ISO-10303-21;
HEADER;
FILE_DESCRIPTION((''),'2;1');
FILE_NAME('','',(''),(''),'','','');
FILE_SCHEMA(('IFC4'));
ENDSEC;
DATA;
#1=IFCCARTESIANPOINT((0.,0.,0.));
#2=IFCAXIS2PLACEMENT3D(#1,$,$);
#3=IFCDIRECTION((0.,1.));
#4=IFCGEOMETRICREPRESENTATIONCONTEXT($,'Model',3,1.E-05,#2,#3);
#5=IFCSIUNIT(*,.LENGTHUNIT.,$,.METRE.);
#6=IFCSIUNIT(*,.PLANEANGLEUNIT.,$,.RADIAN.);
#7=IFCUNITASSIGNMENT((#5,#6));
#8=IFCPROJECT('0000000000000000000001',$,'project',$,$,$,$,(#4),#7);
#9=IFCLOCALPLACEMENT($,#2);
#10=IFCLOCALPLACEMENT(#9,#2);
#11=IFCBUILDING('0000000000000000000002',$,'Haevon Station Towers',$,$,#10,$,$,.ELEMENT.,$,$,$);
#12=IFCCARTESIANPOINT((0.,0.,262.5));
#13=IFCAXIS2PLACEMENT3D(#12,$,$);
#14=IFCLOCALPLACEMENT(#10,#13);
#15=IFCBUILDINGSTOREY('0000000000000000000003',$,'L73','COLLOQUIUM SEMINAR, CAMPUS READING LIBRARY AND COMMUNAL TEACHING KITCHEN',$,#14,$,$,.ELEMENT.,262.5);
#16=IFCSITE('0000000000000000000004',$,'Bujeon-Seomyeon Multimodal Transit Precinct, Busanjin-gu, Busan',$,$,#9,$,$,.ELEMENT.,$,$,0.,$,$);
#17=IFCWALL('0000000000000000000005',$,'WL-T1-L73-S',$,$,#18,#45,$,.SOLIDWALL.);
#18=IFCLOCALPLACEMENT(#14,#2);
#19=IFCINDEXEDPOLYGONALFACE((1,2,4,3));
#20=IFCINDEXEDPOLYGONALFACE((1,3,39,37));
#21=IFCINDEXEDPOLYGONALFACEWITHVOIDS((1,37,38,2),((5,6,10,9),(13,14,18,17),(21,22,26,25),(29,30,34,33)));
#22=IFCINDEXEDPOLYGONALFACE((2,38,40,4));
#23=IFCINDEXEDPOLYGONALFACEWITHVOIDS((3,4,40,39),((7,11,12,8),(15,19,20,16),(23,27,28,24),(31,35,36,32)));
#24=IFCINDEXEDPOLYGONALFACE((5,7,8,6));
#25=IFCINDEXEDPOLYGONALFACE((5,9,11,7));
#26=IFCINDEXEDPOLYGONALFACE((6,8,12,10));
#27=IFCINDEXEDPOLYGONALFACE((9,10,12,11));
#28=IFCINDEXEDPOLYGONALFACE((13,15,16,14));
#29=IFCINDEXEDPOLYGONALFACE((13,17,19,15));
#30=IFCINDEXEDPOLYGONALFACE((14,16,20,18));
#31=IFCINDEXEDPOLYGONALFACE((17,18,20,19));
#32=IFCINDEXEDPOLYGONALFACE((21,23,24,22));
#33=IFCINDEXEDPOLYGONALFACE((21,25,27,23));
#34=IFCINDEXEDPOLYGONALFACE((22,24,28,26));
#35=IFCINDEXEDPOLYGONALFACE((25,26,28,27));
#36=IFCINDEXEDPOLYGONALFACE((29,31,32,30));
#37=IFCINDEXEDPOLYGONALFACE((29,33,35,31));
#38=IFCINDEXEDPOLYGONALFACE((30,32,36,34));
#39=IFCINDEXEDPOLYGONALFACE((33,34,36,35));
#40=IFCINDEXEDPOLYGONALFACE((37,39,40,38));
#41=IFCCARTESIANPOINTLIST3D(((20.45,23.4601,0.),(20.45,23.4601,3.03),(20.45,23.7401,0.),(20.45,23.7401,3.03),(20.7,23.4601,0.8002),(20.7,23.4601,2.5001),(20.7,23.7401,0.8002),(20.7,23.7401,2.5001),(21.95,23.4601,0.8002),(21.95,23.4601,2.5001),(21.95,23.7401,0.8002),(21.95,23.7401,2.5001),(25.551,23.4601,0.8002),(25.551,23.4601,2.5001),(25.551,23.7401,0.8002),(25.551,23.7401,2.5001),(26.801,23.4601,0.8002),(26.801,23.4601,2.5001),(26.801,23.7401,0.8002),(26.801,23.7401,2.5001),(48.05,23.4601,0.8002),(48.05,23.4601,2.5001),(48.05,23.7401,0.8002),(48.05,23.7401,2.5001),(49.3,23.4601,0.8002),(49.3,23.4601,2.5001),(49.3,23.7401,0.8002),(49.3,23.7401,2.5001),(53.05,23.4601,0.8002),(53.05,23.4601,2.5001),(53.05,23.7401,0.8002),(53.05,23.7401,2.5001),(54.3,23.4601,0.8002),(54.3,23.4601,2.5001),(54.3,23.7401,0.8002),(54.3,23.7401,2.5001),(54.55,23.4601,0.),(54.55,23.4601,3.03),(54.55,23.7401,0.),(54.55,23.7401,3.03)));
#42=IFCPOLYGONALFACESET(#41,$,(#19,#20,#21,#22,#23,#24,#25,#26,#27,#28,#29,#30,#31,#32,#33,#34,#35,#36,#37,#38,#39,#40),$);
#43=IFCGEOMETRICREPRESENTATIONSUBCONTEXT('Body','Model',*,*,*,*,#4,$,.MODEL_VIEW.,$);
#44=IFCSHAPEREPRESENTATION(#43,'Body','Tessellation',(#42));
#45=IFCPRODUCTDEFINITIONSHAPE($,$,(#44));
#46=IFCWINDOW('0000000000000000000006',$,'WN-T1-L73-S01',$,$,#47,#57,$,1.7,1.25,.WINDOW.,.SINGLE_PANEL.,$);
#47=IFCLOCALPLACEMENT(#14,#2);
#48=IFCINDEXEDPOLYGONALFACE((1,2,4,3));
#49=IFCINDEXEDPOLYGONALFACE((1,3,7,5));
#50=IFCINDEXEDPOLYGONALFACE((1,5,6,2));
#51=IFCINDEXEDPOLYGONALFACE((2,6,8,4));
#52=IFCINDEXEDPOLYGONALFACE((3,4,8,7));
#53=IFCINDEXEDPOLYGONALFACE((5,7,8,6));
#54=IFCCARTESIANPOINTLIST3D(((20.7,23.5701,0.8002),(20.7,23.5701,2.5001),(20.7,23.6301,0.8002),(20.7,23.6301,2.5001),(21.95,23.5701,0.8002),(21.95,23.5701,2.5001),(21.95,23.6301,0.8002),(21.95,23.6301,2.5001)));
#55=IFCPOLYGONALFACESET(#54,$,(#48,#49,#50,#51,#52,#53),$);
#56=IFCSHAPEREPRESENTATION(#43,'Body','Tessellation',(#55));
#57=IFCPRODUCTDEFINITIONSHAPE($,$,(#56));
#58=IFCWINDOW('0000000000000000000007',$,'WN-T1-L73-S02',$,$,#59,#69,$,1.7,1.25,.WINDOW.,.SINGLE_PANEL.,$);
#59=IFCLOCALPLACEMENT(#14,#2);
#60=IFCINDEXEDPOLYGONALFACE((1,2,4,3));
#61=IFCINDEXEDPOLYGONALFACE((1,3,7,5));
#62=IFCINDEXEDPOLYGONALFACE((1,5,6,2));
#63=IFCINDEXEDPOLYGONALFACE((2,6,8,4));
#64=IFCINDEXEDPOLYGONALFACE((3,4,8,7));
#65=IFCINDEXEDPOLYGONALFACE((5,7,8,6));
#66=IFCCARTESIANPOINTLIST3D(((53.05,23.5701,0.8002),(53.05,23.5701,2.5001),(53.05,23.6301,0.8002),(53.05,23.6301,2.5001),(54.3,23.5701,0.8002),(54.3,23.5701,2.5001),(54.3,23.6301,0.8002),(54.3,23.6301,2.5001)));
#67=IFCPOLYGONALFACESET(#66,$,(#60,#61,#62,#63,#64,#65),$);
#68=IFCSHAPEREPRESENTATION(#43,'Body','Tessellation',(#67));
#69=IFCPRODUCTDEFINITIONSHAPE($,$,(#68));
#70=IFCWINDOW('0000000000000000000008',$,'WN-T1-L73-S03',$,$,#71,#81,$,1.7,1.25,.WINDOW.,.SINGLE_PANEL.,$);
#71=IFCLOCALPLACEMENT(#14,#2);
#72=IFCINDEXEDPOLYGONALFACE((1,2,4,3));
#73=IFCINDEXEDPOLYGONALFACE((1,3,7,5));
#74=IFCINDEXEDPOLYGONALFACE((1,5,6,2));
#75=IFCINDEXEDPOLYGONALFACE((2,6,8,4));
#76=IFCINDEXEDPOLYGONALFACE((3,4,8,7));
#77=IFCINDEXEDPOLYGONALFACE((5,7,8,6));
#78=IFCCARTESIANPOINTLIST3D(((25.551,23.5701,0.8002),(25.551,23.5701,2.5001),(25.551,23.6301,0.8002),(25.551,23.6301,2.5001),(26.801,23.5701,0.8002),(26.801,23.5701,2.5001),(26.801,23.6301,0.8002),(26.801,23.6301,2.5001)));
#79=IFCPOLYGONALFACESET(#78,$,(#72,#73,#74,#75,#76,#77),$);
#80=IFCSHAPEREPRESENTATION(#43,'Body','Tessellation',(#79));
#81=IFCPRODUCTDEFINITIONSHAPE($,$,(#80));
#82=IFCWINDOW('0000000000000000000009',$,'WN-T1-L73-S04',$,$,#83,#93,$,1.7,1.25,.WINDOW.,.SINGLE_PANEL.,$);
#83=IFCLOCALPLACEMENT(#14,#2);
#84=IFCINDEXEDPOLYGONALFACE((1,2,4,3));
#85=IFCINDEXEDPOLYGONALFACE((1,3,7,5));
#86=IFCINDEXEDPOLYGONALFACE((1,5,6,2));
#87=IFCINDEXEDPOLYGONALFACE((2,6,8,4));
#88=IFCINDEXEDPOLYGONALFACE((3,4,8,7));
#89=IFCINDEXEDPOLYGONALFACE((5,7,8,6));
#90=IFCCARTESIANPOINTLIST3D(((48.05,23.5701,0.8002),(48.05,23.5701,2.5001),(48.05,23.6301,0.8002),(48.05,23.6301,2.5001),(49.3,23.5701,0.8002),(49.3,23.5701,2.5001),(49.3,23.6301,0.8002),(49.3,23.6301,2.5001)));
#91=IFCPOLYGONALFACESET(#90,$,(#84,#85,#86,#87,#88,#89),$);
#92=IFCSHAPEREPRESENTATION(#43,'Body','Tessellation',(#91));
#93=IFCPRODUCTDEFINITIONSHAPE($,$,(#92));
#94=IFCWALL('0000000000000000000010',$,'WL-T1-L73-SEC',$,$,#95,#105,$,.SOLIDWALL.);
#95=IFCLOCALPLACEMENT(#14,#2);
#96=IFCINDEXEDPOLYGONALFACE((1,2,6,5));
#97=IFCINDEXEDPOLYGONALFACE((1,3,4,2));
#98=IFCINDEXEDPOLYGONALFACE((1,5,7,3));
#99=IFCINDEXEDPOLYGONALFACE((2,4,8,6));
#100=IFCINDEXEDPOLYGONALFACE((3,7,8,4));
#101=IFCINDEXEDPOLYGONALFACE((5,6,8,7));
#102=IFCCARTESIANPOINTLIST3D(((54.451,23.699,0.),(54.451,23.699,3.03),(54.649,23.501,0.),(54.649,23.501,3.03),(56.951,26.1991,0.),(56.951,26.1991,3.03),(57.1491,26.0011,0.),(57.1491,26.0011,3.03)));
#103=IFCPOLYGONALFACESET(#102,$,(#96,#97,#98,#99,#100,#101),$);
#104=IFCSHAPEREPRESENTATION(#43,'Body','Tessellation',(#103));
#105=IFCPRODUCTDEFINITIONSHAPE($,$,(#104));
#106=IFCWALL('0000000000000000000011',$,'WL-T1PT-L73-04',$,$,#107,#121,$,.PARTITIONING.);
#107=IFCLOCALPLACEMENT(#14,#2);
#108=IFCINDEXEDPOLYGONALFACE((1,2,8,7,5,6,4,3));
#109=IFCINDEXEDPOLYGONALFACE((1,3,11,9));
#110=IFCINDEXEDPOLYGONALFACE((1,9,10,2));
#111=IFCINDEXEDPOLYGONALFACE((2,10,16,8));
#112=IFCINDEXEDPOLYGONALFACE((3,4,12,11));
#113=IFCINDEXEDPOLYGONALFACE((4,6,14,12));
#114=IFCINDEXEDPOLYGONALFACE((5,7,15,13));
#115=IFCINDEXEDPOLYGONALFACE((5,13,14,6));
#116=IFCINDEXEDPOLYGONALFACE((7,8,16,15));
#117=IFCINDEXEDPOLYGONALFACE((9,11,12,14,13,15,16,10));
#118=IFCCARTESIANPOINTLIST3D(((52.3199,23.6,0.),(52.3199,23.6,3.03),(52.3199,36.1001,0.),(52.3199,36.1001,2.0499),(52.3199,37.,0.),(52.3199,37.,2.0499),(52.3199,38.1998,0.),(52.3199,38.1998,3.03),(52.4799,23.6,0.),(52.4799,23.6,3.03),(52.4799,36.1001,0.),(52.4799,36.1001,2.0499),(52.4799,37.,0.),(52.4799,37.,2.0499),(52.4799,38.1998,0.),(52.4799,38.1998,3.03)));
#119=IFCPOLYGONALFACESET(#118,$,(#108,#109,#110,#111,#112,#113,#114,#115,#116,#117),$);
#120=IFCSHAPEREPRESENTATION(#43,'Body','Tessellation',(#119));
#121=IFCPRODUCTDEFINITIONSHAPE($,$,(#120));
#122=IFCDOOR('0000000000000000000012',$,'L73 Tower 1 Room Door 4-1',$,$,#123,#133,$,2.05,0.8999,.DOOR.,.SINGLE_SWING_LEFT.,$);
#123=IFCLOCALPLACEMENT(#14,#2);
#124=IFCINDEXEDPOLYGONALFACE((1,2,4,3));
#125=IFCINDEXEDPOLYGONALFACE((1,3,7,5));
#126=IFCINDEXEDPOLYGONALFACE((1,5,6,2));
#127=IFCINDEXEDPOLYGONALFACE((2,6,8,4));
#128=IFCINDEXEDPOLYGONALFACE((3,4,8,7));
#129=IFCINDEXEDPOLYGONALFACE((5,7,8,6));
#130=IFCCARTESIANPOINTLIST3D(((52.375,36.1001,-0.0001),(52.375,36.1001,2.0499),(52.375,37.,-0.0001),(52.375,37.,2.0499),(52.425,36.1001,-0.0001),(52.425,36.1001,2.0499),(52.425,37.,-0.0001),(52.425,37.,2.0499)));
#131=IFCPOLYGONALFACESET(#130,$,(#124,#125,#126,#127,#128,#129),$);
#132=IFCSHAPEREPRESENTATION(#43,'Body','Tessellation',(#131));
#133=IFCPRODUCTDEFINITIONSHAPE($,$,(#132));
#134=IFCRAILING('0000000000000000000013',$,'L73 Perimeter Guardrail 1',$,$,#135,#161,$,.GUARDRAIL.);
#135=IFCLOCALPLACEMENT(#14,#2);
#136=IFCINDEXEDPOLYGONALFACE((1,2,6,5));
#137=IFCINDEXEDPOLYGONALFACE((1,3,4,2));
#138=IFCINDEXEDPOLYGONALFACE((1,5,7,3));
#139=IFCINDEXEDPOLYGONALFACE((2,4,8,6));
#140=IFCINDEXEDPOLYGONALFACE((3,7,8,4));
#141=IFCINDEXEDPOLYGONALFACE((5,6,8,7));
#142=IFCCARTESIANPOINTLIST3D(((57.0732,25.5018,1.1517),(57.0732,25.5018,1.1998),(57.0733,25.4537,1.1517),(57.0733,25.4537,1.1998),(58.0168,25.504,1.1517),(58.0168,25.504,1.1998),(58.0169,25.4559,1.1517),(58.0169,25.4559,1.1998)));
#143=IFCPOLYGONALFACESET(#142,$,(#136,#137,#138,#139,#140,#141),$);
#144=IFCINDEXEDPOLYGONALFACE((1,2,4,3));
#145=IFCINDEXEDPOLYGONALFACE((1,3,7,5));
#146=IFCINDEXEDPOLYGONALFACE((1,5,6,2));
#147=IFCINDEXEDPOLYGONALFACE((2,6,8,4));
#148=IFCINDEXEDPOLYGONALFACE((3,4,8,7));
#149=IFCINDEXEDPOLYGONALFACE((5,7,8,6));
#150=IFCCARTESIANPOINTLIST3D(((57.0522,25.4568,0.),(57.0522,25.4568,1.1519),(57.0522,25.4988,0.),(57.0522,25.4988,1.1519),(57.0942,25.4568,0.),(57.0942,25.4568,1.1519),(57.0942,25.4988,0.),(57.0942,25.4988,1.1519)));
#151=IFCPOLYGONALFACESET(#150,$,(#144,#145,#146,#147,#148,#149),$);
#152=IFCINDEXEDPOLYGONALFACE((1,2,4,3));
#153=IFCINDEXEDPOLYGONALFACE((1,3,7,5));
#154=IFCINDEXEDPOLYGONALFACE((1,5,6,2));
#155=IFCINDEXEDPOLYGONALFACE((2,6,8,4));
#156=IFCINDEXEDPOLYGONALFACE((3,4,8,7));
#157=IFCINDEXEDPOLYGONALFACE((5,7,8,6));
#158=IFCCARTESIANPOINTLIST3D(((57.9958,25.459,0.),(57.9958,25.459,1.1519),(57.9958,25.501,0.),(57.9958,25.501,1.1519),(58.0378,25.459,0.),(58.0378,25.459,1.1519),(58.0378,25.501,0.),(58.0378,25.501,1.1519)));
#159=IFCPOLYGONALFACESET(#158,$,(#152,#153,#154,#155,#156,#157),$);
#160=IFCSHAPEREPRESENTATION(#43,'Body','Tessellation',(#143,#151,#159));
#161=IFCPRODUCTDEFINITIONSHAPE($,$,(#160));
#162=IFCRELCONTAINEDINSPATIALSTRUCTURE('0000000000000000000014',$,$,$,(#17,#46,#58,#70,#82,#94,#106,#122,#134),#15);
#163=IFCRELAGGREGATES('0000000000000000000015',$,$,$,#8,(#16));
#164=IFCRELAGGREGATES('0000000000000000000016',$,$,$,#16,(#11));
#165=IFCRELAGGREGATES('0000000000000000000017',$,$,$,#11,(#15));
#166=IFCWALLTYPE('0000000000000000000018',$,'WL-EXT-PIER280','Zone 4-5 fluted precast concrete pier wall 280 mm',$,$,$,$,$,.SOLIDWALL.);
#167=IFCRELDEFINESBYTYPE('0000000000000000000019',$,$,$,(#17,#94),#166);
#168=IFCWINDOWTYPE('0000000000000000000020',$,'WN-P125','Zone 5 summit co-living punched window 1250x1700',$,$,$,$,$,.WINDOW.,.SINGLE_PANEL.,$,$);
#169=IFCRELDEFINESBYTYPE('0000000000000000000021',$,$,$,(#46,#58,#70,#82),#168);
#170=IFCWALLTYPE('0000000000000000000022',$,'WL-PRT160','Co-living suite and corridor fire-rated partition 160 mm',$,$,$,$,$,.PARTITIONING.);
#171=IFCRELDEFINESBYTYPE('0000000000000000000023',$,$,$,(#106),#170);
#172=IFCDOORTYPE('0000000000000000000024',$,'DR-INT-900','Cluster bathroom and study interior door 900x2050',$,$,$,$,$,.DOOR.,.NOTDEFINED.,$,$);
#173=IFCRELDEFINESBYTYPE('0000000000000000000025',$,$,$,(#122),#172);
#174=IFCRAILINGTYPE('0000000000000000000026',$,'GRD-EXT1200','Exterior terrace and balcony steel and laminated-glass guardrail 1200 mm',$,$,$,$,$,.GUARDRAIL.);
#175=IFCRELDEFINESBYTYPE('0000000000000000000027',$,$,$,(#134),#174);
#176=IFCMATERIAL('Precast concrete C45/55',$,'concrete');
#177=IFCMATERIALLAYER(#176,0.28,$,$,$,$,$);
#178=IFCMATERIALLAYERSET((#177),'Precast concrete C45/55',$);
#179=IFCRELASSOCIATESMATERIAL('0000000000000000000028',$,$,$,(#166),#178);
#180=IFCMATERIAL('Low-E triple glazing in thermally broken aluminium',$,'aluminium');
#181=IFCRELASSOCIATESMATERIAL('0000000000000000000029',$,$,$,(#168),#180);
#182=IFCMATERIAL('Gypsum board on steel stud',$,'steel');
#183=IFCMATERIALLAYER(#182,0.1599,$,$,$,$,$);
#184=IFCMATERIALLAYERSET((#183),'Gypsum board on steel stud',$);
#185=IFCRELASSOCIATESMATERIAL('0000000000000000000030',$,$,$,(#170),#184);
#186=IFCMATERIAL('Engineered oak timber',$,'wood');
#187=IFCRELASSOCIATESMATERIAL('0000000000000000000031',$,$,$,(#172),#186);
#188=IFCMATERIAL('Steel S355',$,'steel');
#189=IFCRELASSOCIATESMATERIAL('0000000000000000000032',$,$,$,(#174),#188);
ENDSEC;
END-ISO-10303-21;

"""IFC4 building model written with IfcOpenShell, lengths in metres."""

from ifc_helpers import new_model, si_unit, direction, frame, frame_2d, origin, origin_2d, place, context, subcontext, project, spatial, rectangle, extrude, material, layer, layer_set, type_object, element, fill, save


model = new_model("IFC4")

# Units and contexts
model_context = context("Model", 3, precision=1e-05, world=origin(), true_north=direction((0.0, 1.0)))
body_context = subcontext(model_context, "Body", "Model", "MODEL_VIEW")
ifc_project = project(units=[si_unit("LENGTHUNIT", "METRE"), si_unit("PLANEANGLEUNIT", "RADIAN")], contexts=[model_context])

# Site, building, storey
site_placement = place(None, origin())
site = spatial("IfcSite", under=ifc_project, at=site_placement, Name="Bujeon-Seomyeon Multimodal Transit Precinct, Busanjin-gu, Busan", CompositionType="ELEMENT", RefElevation=0.0)
building_placement = place(site_placement, origin())
building = spatial("IfcBuilding", under=site, at=building_placement, Name="Haevon Station Towers", CompositionType="ELEMENT")
storey_placement = place(building_placement, frame((0.0, 0.0, 262.5)))
storey = spatial("IfcBuildingStorey", under=building, at=storey_placement, Name="L73", Description="COLLOQUIUM SEMINAR, CAMPUS READING LIBRARY AND COMMUNAL TEACHING KITCHEN", CompositionType="ELEMENT", Elevation=262.5)

# Shared definitions
ifc_material_1 = material(Name="Steel S355", Category="steel")

# Wall, openings, windows
ifc_material_2 = material(Name="Precast concrete C45/55", Category="concrete")
ifc_layer_1 = layer(ifc_material_2, 0.28)
ifc_layer_set_1 = layer_set([ifc_layer_1], Name="Precast concrete C45/55")
wall_type_1 = type_object("IfcWallType", Name="WL-EXT-PIER280", Description="Zone 4-5 fluted precast concrete pier wall 280 mm", PredefinedType="SOLIDWALL", material=ifc_layer_set_1)
wall_1_placement = place(storey_placement, frame((54.55, 23.6001, 0.0), z_axis=(0.0, 0.0, 1.0), x_axis=(-1.0, 0.0, 0.0)))
wall_1 = element("IfcWall", 1, at=wall_1_placement, inside=storey, type_object=wall_type_1, Name="WL-T1-L73-S", PredefinedType="SOLIDWALL", context=body_context, shape_type="SweptSolid", body=[
    extrude(rectangle(XDim=34.1001, YDim=0.28, at=frame_2d((17.05, 0.0))), origin(), (0.0, 0.0, 1.0), 3.03),
])
opening_1_placement = place(wall_1_placement, frame((32.6001, 0.0, 0.8)))
opening_1 = element("IfcOpeningElement", 2, at=opening_1_placement, cuts=wall_1, PredefinedType="OPENING", context=body_context, shape_type="SweptSolid", body=[
    extrude(rectangle(XDim=1.25, YDim=1.7, at=frame_2d((0.625, 0.8501))), frame((0.0, 0.1499, 0.0), z_axis=(0.0, -1.0, 0.0), x_axis=(1.0, 0.0, 0.0)), (0.0, 0.0, 1.0), 0.3),
])
opening_2_placement = place(wall_1_placement, frame((0.25, 0.0, 0.8)))
opening_2 = element("IfcOpeningElement", 3, at=opening_2_placement, cuts=wall_1, PredefinedType="OPENING", context=body_context, shape_type="SweptSolid", body=[
    extrude(rectangle(XDim=1.25, YDim=1.7, at=frame_2d((0.625, 0.8501))), frame((0.0, 0.1499, 0.0), z_axis=(0.0, -1.0, 0.0), x_axis=(1.0, 0.0, 0.0)), (0.0, 0.0, 1.0), 0.3),
])
opening_3_placement = place(wall_1_placement, frame((27.749, 0.0, 0.8)))
opening_3 = element("IfcOpeningElement", 4, at=opening_3_placement, cuts=wall_1, PredefinedType="OPENING", context=body_context, shape_type="SweptSolid", body=[
    extrude(rectangle(XDim=1.25, YDim=1.7, at=frame_2d((0.625, 0.8501))), frame((0.0, 0.1499, 0.0), z_axis=(0.0, -1.0, 0.0), x_axis=(1.0, 0.0, 0.0)), (0.0, 0.0, 1.0), 0.3),
])
opening_4_placement = place(wall_1_placement, frame((5.25, 0.0, 0.8)))
opening_4 = element("IfcOpeningElement", 5, at=opening_4_placement, cuts=wall_1, PredefinedType="OPENING", context=body_context, shape_type="SweptSolid", body=[
    extrude(rectangle(XDim=1.25, YDim=1.7, at=frame_2d((0.625, 0.8501))), frame((0.0, 0.1499, 0.0), z_axis=(0.0, -1.0, 0.0), x_axis=(1.0, 0.0, 0.0)), (0.0, 0.0, 1.0), 0.3),
])
ifc_material_3 = material(Name="Low-E triple glazing in thermally broken aluminium", Category="aluminium")
window_type = type_object("IfcWindowType", Name="WN-P125", Description="Zone 5 summit co-living punched window 1250x1700", PartitioningType="SINGLE_PANEL", PredefinedType="WINDOW", material=ifc_material_3)
window_1_placement = place(opening_1_placement, origin())
window_1 = element("IfcWindow", 6, at=window_1_placement, inside=storey, type_object=window_type, Name="WN-T1-L73-S01", OverallHeight=1.7, OverallWidth=1.25, PartitioningType="SINGLE_PANEL", PredefinedType="WINDOW", context=body_context, shape_type="SweptSolid", body=[
    extrude(rectangle(XDim=1.25, YDim=1.7, at=frame_2d((0.625, 0.8501))), frame((0.0, 0.03, 0.0), z_axis=(0.0, -1.0, 0.0), x_axis=(1.0, 0.0, 0.0)), (0.0, 0.0, 1.0), 0.0601),
])
fill(opening_1, window_1)
window_2_placement = place(opening_2_placement, origin())
window_2 = element("IfcWindow", 7, at=window_2_placement, inside=storey, type_object=window_type, Name="WN-T1-L73-S02", OverallHeight=1.7, OverallWidth=1.25, PartitioningType="SINGLE_PANEL", PredefinedType="WINDOW", context=body_context, shape_type="SweptSolid", body=[
    extrude(rectangle(XDim=1.25, YDim=1.7, at=frame_2d((0.625, 0.8501))), frame((0.0, 0.03, 0.0), z_axis=(0.0, -1.0, 0.0), x_axis=(1.0, 0.0, 0.0)), (0.0, 0.0, 1.0), 0.0601),
])
fill(opening_2, window_2)
window_3_placement = place(opening_3_placement, origin())
window_3 = element("IfcWindow", 8, at=window_3_placement, inside=storey, type_object=window_type, Name="WN-T1-L73-S03", OverallHeight=1.7, OverallWidth=1.25, PartitioningType="SINGLE_PANEL", PredefinedType="WINDOW", context=body_context, shape_type="SweptSolid", body=[
    extrude(rectangle(XDim=1.25, YDim=1.7, at=frame_2d((0.625, 0.8501))), frame((0.0, 0.03, 0.0), z_axis=(0.0, -1.0, 0.0), x_axis=(1.0, 0.0, 0.0)), (0.0, 0.0, 1.0), 0.0601),
])
fill(opening_3, window_3)
window_4_placement = place(opening_4_placement, origin())
window_4 = element("IfcWindow", 9, at=window_4_placement, inside=storey, type_object=window_type, Name="WN-T1-L73-S04", OverallHeight=1.7, OverallWidth=1.25, PartitioningType="SINGLE_PANEL", PredefinedType="WINDOW", context=body_context, shape_type="SweptSolid", body=[
    extrude(rectangle(XDim=1.25, YDim=1.7, at=frame_2d((0.625, 0.8501))), frame((0.0, 0.03, 0.0), z_axis=(0.0, -1.0, 0.0), x_axis=(1.0, 0.0, 0.0)), (0.0, 0.0, 1.0), 0.0601),
])
fill(opening_4, window_4)

# Wall
wall_2_placement = place(storey_placement, frame((57.05, 26.1001, 0.0), z_axis=(0.0, 0.0, 1.0), x_axis=(-0.707107, -0.707107, 0.0)))
element("IfcWall", 10, at=wall_2_placement, inside=storey, type_object=wall_type_1, Name="WL-T1-L73-SEC", PredefinedType="SOLIDWALL", context=body_context, shape_type="SweptSolid", body=[
    extrude(rectangle(XDim=3.5356, YDim=0.28, at=frame_2d((1.7678, 0.0))), origin(), (0.0, 0.0, 1.0), 3.03),
])

# Wall, opening, door
ifc_material_4 = material(Name="Gypsum board on steel stud", Category="steel")
ifc_layer_2 = layer(ifc_material_4, 0.1599)
ifc_layer_set_2 = layer_set([ifc_layer_2], Name="Gypsum board on steel stud")
wall_type_2 = type_object("IfcWallType", Name="WL-PRT160", Description="Co-living suite and corridor fire-rated partition 160 mm", PredefinedType="PARTITIONING", material=ifc_layer_set_2)
wall_3_placement = place(storey_placement, frame((52.3999, 23.6001, 0.0), z_axis=(0.0, 0.0, 1.0), x_axis=(0.0, 1.0, 0.0)))
wall_3 = element("IfcWall", 11, at=wall_3_placement, inside=storey, type_object=wall_type_2, Name="WL-T1PT-L73-04", PredefinedType="PARTITIONING", context=body_context, shape_type="SweptSolid", body=[
    extrude(rectangle(XDim=14.5999, YDim=0.1599, at=frame_2d((7.2998, 0.0))), origin(), (0.0, 0.0, 1.0), 3.03),
])
opening_5_placement = place(wall_3_placement, frame((12.5, 0.0, 0.0)))
opening_5 = element("IfcOpeningElement", 12, at=opening_5_placement, cuts=wall_3, PredefinedType="OPENING", context=body_context, shape_type="SweptSolid", body=[
    extrude(rectangle(XDim=0.8999, YDim=2.05, at=frame_2d((0.45, 1.0249))), frame((0.0, 0.0898, 0.0), z_axis=(0.0, -1.0, 0.0), x_axis=(1.0, 0.0, 0.0)), (0.0, 0.0, 1.0), 0.1799),
])
ifc_material_5 = material(Name="Engineered oak timber", Category="wood")
door_type = type_object("IfcDoorType", Name="DR-INT-900", Description="Cluster bathroom and study interior door 900x2050", OperationType="NOTDEFINED", PredefinedType="DOOR", material=ifc_material_5)
door_placement = place(opening_5_placement, origin())
door = element("IfcDoor", 13, at=door_placement, inside=storey, type_object=door_type, Name="L73 Tower 1 Room Door 4-1", OperationType="SINGLE_SWING_LEFT", OverallHeight=2.05, OverallWidth=0.8999, PredefinedType="DOOR", context=body_context, shape_type="SweptSolid", body=[
    extrude(rectangle(XDim=0.8999, YDim=2.05, at=frame_2d((0.45, 1.0249))), frame((0.0, 0.0249, 0.0), z_axis=(0.0, -1.0, 0.0), x_axis=(1.0, 0.0, 0.0)), (0.0, 0.0, 1.0), 0.05),
])
fill(opening_5, door)

# Railing
railing_type = type_object("IfcRailingType", Name="GRD-EXT1200", Description="Exterior terrace and balcony steel and laminated-glass guardrail 1200 mm", PredefinedType="GUARDRAIL", material=ifc_material_1)
railing_1_placement = place(storey_placement, frame((57.0732, 25.4778, 0.0)))
element("IfcRailing", 14, at=railing_1_placement, inside=storey, type_object=railing_type, Name="L73 Perimeter Guardrail 1", PredefinedType="GUARDRAIL", context=body_context, shape_type="SweptSolid", body=[
    extrude(rectangle(XDim=0.0481, YDim=0.0481, at=origin_2d()), frame((0.0, 0.0, 1.1758), z_axis=(0.999997, 0.002329, 0.0), x_axis=(-0.002329, 0.999997, 0.0)), (0.0, 0.0, 1.0), 0.9436),
    extrude(rectangle(XDim=0.042, YDim=0.042, at=origin_2d()), origin(), (0.0, 0.0, 1.0), 1.1519),
    extrude(rectangle(XDim=0.042, YDim=0.042, at=origin_2d()), frame((0.9436, 0.0022, 0.0)), (0.0, 0.0, 1.0), 1.1519),
])

save(model, "model.ifc")
